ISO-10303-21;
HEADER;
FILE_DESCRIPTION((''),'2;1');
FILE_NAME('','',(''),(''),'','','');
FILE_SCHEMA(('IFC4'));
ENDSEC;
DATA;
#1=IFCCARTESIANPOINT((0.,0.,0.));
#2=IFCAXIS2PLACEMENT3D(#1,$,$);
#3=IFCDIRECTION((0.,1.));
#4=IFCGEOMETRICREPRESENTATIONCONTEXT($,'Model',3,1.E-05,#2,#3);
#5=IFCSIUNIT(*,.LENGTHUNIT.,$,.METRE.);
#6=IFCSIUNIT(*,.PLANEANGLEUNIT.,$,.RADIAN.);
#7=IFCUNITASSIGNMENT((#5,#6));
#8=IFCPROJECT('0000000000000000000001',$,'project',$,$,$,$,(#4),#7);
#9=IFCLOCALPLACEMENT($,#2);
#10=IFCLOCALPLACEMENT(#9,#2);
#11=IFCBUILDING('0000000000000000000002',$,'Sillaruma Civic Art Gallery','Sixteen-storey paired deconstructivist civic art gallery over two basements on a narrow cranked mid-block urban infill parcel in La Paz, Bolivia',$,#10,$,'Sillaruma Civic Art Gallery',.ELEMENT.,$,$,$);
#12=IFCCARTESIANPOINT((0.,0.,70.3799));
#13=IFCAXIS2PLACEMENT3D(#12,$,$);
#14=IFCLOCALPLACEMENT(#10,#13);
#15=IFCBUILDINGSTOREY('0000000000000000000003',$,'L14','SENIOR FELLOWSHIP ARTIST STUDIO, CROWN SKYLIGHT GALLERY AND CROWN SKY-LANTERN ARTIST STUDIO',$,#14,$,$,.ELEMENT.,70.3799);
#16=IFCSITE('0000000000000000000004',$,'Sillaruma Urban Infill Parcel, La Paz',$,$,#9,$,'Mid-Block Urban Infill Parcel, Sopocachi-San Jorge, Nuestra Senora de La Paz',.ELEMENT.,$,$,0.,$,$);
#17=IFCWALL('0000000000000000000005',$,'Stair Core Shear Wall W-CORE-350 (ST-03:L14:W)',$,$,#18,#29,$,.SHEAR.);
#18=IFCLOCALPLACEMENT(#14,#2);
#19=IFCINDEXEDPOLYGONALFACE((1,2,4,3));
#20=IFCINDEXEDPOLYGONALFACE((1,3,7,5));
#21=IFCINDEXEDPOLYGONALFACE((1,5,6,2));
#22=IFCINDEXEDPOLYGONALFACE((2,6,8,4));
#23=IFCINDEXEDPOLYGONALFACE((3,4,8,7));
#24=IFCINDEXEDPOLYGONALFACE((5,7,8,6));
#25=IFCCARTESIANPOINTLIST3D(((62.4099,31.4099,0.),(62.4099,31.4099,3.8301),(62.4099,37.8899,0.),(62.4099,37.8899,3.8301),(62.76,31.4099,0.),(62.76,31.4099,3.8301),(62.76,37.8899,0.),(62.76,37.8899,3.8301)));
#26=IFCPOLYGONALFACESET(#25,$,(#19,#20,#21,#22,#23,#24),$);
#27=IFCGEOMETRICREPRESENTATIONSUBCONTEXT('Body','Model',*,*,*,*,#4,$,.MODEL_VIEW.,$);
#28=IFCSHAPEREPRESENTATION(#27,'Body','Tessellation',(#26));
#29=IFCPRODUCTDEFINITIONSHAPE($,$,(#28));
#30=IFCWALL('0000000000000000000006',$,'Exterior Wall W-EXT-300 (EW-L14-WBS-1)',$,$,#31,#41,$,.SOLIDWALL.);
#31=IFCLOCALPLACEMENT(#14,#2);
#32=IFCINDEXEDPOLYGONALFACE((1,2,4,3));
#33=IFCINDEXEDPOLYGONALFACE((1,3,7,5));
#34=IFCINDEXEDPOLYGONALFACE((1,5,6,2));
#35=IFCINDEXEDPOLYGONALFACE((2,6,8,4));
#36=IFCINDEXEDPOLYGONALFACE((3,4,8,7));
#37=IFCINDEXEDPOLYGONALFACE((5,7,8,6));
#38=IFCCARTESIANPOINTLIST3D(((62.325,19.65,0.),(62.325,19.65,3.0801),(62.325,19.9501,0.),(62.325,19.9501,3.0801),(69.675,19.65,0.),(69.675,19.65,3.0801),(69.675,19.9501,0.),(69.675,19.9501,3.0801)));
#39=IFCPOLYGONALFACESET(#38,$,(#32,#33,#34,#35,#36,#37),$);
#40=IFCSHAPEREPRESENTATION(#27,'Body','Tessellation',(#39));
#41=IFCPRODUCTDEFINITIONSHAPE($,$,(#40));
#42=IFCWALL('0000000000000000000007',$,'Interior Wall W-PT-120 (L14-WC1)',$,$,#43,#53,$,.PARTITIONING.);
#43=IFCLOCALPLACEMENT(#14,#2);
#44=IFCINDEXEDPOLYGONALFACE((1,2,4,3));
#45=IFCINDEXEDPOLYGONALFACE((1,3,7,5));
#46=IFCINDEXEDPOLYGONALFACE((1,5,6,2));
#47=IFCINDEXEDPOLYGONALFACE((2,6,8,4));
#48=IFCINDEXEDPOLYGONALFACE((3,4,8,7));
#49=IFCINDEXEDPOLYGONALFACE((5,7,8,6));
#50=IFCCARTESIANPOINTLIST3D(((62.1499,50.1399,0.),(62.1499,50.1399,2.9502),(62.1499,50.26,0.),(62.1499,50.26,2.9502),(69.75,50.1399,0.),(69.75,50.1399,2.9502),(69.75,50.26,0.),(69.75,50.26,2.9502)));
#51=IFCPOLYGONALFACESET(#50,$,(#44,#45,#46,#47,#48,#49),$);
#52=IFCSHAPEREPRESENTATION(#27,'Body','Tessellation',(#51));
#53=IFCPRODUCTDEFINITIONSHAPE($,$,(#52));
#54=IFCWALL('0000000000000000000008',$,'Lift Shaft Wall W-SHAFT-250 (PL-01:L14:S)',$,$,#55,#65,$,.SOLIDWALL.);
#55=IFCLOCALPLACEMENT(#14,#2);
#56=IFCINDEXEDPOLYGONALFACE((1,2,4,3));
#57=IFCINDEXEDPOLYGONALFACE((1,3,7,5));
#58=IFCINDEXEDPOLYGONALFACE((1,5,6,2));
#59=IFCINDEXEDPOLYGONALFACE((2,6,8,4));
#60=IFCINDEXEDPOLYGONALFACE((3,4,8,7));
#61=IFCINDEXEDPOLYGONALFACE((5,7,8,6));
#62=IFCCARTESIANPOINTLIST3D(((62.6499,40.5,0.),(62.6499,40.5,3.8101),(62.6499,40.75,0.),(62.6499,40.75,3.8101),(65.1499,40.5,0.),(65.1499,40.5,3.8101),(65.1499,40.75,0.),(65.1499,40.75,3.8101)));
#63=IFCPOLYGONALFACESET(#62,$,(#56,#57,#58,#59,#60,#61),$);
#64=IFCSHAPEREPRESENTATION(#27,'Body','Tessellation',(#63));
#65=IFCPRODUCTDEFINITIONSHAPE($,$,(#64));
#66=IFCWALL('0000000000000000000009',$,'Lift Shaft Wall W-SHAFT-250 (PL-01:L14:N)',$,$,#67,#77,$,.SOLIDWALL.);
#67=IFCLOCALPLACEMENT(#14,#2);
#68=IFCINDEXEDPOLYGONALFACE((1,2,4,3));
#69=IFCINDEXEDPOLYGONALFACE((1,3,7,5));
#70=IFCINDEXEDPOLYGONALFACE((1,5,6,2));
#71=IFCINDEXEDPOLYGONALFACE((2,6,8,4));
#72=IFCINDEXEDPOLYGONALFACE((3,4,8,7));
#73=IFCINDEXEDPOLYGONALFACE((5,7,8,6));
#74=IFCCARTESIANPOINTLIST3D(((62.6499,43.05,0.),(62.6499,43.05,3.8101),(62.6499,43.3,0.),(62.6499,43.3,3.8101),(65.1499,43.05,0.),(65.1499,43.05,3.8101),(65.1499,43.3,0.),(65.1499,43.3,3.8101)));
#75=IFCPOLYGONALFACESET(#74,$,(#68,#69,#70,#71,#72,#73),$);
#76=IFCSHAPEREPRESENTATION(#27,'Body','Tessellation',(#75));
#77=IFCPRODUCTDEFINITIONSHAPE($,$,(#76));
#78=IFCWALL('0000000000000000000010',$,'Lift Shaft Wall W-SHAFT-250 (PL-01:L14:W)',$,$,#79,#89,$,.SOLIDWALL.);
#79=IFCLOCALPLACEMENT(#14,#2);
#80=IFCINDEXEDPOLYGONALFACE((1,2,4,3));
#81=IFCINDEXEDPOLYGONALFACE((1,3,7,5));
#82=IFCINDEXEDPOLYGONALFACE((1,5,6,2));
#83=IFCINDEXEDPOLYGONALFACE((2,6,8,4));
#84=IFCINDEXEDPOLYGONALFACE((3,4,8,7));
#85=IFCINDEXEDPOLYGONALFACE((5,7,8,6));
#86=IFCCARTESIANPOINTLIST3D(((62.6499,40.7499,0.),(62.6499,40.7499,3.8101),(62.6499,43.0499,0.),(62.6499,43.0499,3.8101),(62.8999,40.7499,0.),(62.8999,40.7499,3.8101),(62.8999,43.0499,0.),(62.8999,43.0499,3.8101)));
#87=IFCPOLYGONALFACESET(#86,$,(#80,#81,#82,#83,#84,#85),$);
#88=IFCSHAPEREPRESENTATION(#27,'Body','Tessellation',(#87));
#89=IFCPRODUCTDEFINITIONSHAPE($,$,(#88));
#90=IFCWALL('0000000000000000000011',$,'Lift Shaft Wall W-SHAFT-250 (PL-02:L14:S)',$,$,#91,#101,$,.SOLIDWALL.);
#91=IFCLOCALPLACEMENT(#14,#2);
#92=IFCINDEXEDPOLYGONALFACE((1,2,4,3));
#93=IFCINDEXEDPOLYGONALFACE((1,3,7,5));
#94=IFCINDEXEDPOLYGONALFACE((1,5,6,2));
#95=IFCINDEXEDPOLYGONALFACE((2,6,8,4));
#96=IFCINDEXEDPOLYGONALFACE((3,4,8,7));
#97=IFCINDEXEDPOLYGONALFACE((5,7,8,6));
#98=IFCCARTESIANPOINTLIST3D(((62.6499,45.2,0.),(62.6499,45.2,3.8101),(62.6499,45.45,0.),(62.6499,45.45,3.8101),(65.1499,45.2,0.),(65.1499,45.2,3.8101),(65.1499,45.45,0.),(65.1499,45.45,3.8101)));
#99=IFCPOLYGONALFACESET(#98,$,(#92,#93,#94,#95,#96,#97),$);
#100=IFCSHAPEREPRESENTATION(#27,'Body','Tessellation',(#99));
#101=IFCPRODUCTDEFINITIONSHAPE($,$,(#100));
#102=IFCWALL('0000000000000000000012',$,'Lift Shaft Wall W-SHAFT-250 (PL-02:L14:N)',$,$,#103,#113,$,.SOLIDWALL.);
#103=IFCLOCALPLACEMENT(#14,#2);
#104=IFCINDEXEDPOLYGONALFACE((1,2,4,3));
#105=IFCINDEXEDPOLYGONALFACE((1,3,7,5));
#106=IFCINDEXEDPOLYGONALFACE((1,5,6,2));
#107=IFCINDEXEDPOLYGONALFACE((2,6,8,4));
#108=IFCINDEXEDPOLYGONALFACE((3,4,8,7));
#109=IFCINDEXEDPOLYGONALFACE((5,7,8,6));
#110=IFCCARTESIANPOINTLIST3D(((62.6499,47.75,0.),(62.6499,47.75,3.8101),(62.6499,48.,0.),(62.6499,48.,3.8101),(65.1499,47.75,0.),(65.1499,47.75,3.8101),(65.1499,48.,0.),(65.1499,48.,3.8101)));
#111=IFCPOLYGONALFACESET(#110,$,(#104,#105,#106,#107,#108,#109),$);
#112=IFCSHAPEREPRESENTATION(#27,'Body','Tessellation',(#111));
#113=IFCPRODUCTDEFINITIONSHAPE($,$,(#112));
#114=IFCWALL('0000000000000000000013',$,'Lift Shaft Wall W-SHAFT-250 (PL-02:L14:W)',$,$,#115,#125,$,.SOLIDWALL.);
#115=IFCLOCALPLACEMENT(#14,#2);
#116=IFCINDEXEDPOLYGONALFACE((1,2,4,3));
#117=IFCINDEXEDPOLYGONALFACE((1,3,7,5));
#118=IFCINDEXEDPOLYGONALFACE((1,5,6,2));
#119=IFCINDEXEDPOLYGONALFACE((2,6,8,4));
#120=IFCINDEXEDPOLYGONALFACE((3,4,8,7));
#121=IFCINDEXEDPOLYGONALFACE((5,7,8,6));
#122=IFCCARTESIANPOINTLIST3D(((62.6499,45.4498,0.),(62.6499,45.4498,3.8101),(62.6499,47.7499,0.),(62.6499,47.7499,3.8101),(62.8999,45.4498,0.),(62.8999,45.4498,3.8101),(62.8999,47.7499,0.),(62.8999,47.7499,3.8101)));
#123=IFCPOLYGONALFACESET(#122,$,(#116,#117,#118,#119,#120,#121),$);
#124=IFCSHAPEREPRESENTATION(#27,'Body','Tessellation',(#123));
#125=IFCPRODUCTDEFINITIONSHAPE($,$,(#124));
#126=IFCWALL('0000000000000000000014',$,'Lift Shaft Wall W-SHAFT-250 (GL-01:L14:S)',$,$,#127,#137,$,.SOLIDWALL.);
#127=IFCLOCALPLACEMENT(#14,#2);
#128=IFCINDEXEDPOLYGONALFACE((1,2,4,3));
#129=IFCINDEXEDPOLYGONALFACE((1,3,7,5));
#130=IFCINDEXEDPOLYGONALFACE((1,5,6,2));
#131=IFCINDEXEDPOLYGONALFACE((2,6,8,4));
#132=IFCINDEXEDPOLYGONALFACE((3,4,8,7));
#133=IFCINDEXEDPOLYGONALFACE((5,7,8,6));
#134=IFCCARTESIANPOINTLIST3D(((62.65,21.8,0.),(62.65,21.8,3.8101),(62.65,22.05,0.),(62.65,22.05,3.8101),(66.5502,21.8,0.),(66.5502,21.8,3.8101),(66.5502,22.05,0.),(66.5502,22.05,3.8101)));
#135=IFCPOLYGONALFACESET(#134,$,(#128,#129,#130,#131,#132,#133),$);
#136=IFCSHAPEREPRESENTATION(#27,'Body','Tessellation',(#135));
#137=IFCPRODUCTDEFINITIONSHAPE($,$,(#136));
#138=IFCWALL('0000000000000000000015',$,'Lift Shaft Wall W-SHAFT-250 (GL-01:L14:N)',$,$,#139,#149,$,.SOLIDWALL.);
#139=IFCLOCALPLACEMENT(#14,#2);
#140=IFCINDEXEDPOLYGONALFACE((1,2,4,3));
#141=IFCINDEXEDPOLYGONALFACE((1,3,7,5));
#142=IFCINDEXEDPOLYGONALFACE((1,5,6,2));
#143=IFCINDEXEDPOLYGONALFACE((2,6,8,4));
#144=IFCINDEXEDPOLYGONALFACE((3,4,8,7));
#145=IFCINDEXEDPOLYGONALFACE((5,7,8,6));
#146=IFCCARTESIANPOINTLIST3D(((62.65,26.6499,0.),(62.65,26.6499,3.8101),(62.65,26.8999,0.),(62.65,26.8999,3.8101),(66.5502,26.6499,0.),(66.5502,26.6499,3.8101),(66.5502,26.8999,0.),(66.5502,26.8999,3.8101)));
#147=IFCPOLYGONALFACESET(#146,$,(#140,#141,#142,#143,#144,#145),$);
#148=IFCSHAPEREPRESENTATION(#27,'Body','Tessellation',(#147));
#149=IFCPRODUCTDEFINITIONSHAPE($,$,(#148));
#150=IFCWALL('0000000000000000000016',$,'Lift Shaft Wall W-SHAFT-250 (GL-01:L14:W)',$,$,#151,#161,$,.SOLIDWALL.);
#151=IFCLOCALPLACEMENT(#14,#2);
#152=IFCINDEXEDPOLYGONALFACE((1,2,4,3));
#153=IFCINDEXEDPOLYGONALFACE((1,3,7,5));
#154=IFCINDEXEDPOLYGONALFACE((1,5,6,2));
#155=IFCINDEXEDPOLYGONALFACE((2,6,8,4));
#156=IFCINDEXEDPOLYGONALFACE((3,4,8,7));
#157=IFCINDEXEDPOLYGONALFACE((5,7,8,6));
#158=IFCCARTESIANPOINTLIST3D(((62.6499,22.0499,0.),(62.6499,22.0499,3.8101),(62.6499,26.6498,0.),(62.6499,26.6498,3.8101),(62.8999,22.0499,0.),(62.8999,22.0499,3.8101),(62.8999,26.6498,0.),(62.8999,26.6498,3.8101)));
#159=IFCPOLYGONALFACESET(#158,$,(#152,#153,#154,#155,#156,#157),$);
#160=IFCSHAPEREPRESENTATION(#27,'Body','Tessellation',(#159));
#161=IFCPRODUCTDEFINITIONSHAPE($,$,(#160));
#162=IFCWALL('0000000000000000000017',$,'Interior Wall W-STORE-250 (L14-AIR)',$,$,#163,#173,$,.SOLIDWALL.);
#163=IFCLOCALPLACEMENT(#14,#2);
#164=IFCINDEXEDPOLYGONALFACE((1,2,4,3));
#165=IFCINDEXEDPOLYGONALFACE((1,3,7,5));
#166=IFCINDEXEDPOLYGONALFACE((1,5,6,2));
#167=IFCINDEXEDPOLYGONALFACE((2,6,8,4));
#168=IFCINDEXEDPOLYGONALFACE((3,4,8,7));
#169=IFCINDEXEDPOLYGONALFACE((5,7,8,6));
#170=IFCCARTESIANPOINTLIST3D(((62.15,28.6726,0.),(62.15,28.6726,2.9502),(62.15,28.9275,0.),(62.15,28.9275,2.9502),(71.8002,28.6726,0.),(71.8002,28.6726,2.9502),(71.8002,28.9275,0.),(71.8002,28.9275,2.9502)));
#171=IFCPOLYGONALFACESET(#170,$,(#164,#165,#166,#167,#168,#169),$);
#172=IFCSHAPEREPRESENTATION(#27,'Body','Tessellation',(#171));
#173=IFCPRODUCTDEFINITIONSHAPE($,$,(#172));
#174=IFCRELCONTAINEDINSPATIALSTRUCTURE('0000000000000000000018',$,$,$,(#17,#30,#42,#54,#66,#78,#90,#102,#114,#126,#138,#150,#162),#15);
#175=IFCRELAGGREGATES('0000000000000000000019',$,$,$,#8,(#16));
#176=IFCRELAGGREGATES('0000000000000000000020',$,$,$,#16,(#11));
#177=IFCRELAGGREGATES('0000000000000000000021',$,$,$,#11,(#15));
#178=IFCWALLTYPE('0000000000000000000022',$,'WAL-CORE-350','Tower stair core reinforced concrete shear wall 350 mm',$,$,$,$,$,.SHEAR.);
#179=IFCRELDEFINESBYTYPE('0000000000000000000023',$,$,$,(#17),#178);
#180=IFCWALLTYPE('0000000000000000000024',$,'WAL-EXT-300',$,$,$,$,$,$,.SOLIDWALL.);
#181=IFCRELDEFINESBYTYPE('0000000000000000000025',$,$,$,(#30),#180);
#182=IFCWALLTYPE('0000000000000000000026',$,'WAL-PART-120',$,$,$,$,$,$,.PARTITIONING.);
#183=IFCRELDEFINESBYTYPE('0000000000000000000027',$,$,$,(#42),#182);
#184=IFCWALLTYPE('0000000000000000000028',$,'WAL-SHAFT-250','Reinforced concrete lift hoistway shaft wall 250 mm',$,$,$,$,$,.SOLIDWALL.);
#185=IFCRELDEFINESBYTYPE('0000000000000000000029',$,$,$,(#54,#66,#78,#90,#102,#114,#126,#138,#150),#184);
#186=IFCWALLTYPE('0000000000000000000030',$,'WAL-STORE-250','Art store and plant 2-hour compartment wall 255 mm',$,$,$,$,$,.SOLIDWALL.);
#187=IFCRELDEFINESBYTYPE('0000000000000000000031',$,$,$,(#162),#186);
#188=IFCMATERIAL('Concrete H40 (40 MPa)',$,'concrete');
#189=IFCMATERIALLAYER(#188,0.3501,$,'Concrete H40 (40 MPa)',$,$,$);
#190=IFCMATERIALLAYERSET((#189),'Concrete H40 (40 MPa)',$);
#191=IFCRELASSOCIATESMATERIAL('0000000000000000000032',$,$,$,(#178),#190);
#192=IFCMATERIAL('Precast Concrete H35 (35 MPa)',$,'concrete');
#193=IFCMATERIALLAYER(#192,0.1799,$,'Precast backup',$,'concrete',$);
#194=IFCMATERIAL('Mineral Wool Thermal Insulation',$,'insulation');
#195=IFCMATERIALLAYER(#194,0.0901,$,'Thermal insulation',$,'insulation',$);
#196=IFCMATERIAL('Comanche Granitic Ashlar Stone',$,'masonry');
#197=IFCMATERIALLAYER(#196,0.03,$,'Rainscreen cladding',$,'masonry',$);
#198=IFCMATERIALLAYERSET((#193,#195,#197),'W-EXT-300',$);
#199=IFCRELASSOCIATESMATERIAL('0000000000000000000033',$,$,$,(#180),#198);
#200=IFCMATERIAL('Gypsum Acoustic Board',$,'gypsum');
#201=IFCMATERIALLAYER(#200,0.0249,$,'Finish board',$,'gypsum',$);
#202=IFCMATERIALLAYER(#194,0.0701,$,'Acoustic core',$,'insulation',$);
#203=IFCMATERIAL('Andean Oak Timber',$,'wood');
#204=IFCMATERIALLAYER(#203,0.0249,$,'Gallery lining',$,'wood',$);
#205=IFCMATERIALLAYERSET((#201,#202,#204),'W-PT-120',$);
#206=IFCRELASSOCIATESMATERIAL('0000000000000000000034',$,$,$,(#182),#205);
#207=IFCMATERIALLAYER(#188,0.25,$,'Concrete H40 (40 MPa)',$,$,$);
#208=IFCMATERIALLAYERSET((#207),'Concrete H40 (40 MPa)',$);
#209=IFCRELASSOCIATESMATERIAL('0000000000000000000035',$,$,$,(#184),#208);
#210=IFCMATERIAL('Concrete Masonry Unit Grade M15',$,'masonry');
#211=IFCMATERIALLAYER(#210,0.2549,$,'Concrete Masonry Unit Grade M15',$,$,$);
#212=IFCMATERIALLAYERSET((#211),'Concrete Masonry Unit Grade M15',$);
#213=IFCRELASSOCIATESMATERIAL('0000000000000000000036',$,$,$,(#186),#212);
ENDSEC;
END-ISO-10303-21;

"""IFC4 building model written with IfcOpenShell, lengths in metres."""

from ifc_helpers import new_model, si_unit, direction, frame, frame_2d, origin, place, context, subcontext, project, spatial, rectangle, extrude, material, layer, layer_set, type_object, element, save


model = new_model("IFC4")

# Units and contexts
model_context = context("Model", 3, precision=1e-05, world=origin(), true_north=direction((0.0, 1.0)))
body_context = subcontext(model_context, "Body", "Model", "MODEL_VIEW")
ifc_project = project(units=[si_unit("LENGTHUNIT", "METRE"), si_unit("PLANEANGLEUNIT", "RADIAN")], contexts=[model_context])

# Site, building, storey
site_placement = place(None, origin())
site = spatial("IfcSite", under=ifc_project, at=site_placement, Name="Sillaruma Urban Infill Parcel, La Paz", LongName="Mid-Block Urban Infill Parcel, Sopocachi-San Jorge, Nuestra Senora de La Paz", CompositionType="ELEMENT", RefElevation=0.0)
building_placement = place(site_placement, origin())
building = spatial("IfcBuilding", under=site, at=building_placement, Name="Sillaruma Civic Art Gallery", Description="Sixteen-storey paired deconstructivist civic art gallery over two basements on a narrow cranked mid-block urban infill parcel in La Paz, Bolivia", LongName="Sillaruma Civic Art Gallery", CompositionType="ELEMENT")
storey_placement = place(building_placement, frame((0.0, 0.0, 70.3799)))
storey = spatial("IfcBuildingStorey", under=building, at=storey_placement, Name="L14", Description="SENIOR FELLOWSHIP ARTIST STUDIO, CROWN SKYLIGHT GALLERY AND CROWN SKY-LANTERN ARTIST STUDIO", CompositionType="ELEMENT", Elevation=70.3799)

# Shared definitions
ifc_material_1 = material(Name="Concrete H40 (40 MPa)", Category="concrete")

# Shared definitions
ifc_layer_1 = layer(ifc_material_1, 0.3501, Name="Concrete H40 (40 MPa)")
ifc_layer_set_1 = layer_set([ifc_layer_1], Name="Concrete H40 (40 MPa)")
wall_type_1 = type_object("IfcWallType", Name="WAL-CORE-350", Description="Tower stair core reinforced concrete shear wall 350 mm", PredefinedType="SHEAR", material=ifc_layer_set_1)

# Walls
wall_1_placement = place(storey_placement, frame((62.585, 31.4099, 0.0), z_axis=(0.0, 0.0, 1.0), x_axis=(0.0, 1.0, 0.0)))
element("IfcWall", 1, at=wall_1_placement, inside=storey, type_object=wall_type_1, Name="Stair Core Shear Wall W-CORE-350 (ST-03:L14:W)", PredefinedType="SHEAR", context=body_context, shape_type="SweptSolid", body=[
    extrude(rectangle(XDim=6.48, YDim=0.3501, at=frame_2d((3.24, 0.0))), origin(), (0.0, 0.0, 1.0), 3.8301),
])
ifc_material_2 = material(Name="Precast Concrete H35 (35 MPa)", Category="concrete")
ifc_layer_2 = layer(ifc_material_2, 0.1799, Name="Precast backup", Category="concrete")
ifc_material_3 = material(Name="Mineral Wool Thermal Insulation", Category="insulation")
ifc_layer_3 = layer(ifc_material_3, 0.0901, Name="Thermal insulation", Category="insulation")
ifc_material_4 = material(Name="Comanche Granitic Ashlar Stone", Category="masonry")
ifc_layer_4 = layer(ifc_material_4, 0.03, Name="Rainscreen cladding", Category="masonry")
ifc_layer_set_2 = layer_set([ifc_layer_2, ifc_layer_3, ifc_layer_4], Name="W-EXT-300")
wall_type_2 = type_object("IfcWallType", Name="WAL-EXT-300", PredefinedType="SOLIDWALL", material=ifc_layer_set_2)
wall_2_placement = place(storey_placement, frame((62.325, 19.8, 0.0), z_axis=(0.0, 0.0, 1.0), x_axis=(1.0, 0.0, 0.0)))
element("IfcWall", 2, at=wall_2_placement, inside=storey, type_object=wall_type_2, Name="Exterior Wall W-EXT-300 (EW-L14-WBS-1)", PredefinedType="SOLIDWALL", context=body_context, shape_type="SweptSolid", body=[
    extrude(rectangle(XDim=7.3501, YDim=0.3, at=frame_2d((3.675, 0.0))), origin(), (0.0, 0.0, 1.0), 3.0801),
])
ifc_material_5 = material(Name="Gypsum Acoustic Board", Category="gypsum")
ifc_layer_5 = layer(ifc_material_5, 0.0249, Name="Finish board", Category="gypsum")
ifc_layer_6 = layer(ifc_material_3, 0.0701, Name="Acoustic core", Category="insulation")
ifc_material_6 = material(Name="Andean Oak Timber", Category="wood")
ifc_layer_7 = layer(ifc_material_6, 0.0249, Name="Gallery lining", Category="wood")
ifc_layer_set_3 = layer_set([ifc_layer_5, ifc_layer_6, ifc_layer_7], Name="W-PT-120")
wall_type_3 = type_object("IfcWallType", Name="WAL-PART-120", PredefinedType="PARTITIONING", material=ifc_layer_set_3)
wall_3_placement = place(storey_placement, frame((62.1499, 50.2, 0.0), z_axis=(0.0, 0.0, 1.0), x_axis=(1.0, 0.0, 0.0)))
element("IfcWall", 3, at=wall_3_placement, inside=storey, type_object=wall_type_3, Name="Interior Wall W-PT-120 (L14-WC1)", PredefinedType="PARTITIONING", context=body_context, shape_type="SweptSolid", body=[
    extrude(rectangle(XDim=7.6001, YDim=0.1201, at=frame_2d((3.8, 0.0))), origin(), (0.0, 0.0, 1.0), 2.9502),
])
ifc_layer_8 = layer(ifc_material_1, 0.25, Name="Concrete H40 (40 MPa)")
ifc_layer_set_4 = layer_set([ifc_layer_8], Name="Concrete H40 (40 MPa)")
wall_type_4 = type_object("IfcWallType", Name="WAL-SHAFT-250", Description="Reinforced concrete lift hoistway shaft wall 250 mm", PredefinedType="SOLIDWALL", material=ifc_layer_set_4)
for number, where, z_axis, x_axis, name in (
    (4, (62.6499, 40.625, 0.0), (0.0, 0.0, 1.0), (1.0, 0.0, 0.0), "Lift Shaft Wall W-SHAFT-250 (PL-01:L14:S)"),
    (5, (62.6499, 43.175, 0.0), (0.0, 0.0, 1.0), (1.0, 0.0, 0.0), "Lift Shaft Wall W-SHAFT-250 (PL-01:L14:N)"),
):
    element("IfcWall", number, at=place(storey_placement, frame(where, z_axis=z_axis, x_axis=x_axis)), inside=storey, type_object=wall_type_4, Name=name, PredefinedType="SOLIDWALL", context=body_context, shape_type="SweptSolid", body=[
        extrude(rectangle(XDim=2.5, YDim=0.25, at=frame_2d((1.25, 0.0))), origin(), (0.0, 0.0, 1.0), 3.8101),
    ])
wall_4_placement = place(storey_placement, frame((62.7749, 40.75, 0.0), z_axis=(0.0, 0.0, 1.0), x_axis=(0.0, 1.0, 0.0)))
element("IfcWall", 6, at=wall_4_placement, inside=storey, type_object=wall_type_4, Name="Lift Shaft Wall W-SHAFT-250 (PL-01:L14:W)", PredefinedType="SOLIDWALL", context=body_context, shape_type="SweptSolid", body=[
    extrude(rectangle(XDim=2.3, YDim=0.25, at=frame_2d((1.1499, 0.0))), origin(), (0.0, 0.0, 1.0), 3.8101),
])
for number, where, z_axis, x_axis, name in (
    (7, (62.6499, 45.325, 0.0), (0.0, 0.0, 1.0), (1.0, 0.0, 0.0), "Lift Shaft Wall W-SHAFT-250 (PL-02:L14:S)"),
    (8, (62.6499, 47.875, 0.0), (0.0, 0.0, 1.0), (1.0, 0.0, 0.0), "Lift Shaft Wall W-SHAFT-250 (PL-02:L14:N)"),
):
    element("IfcWall", number, at=place(storey_placement, frame(where, z_axis=z_axis, x_axis=x_axis)), inside=storey, type_object=wall_type_4, Name=name, PredefinedType="SOLIDWALL", context=body_context, shape_type="SweptSolid", body=[
        extrude(rectangle(XDim=2.5, YDim=0.25, at=frame_2d((1.25, 0.0))), origin(), (0.0, 0.0, 1.0), 3.8101),
    ])
wall_5_placement = place(storey_placement, frame((62.7749, 45.45, 0.0), z_axis=(0.0, 0.0, 1.0), x_axis=(0.0, 1.0, 0.0)))
element("IfcWall", 9, at=wall_5_placement, inside=storey, type_object=wall_type_4, Name="Lift Shaft Wall W-SHAFT-250 (PL-02:L14:W)", PredefinedType="SOLIDWALL", context=body_context, shape_type="SweptSolid", body=[
    extrude(rectangle(XDim=2.3, YDim=0.25, at=frame_2d((1.1499, 0.0))), origin(), (0.0, 0.0, 1.0), 3.8101),
])
for number, where, z_axis, x_axis, name in (
    (10, (62.6499, 21.925, 0.0), (0.0, 0.0, 1.0), (1.0, 0.0, 0.0), "Lift Shaft Wall W-SHAFT-250 (GL-01:L14:S)"),
    (11, (62.6499, 26.7749, 0.0), (0.0, 0.0, 1.0), (1.0, 0.0, 0.0), "Lift Shaft Wall W-SHAFT-250 (GL-01:L14:N)"),
):
    element("IfcWall", number, at=place(storey_placement, frame(where, z_axis=z_axis, x_axis=x_axis)), inside=storey, type_object=wall_type_4, Name=name, PredefinedType="SOLIDWALL", context=body_context, shape_type="SweptSolid", body=[
        extrude(rectangle(XDim=3.9001, YDim=0.25, at=frame_2d((1.9502, 0.0))), origin(), (0.0, 0.0, 1.0), 3.8101),
    ])
wall_6_placement = place(storey_placement, frame((62.7749, 22.05, 0.0), z_axis=(0.0, 0.0, 1.0), x_axis=(0.0, 1.0, 0.0)))
element("IfcWall", 12, at=wall_6_placement, inside=storey, type_object=wall_type_4, Name="Lift Shaft Wall W-SHAFT-250 (GL-01:L14:W)", PredefinedType="SOLIDWALL", context=body_context, shape_type="SweptSolid", body=[
    extrude(rectangle(XDim=4.5999, YDim=0.25, at=frame_2d((2.2998, 0.0))), origin(), (0.0, 0.0, 1.0), 3.8101),
])
ifc_material_7 = material(Name="Concrete Masonry Unit Grade M15", Category="masonry")
ifc_layer_9 = layer(ifc_material_7, 0.2549, Name="Concrete Masonry Unit Grade M15")
ifc_layer_set_5 = layer_set([ifc_layer_9], Name="Concrete Masonry Unit Grade M15")
wall_type_5 = type_object("IfcWallType", Name="WAL-STORE-250", Description="Art store and plant 2-hour compartment wall 255 mm", PredefinedType="SOLIDWALL", material=ifc_layer_set_5)
wall_7_placement = place(storey_placement, frame((62.1499, 28.8, 0.0), z_axis=(0.0, 0.0, 1.0), x_axis=(1.0, 0.0, 0.0)))
element("IfcWall", 13, at=wall_7_placement, inside=storey, type_object=wall_type_5, Name="Interior Wall W-STORE-250 (L14-AIR)", PredefinedType="SOLIDWALL", context=body_context, shape_type="SweptSolid", body=[
    extrude(rectangle(XDim=9.6501, YDim=0.2549, at=frame_2d((4.8252, 0.0))), origin(), (0.0, 0.0, 1.0), 2.9502),
])

save(model, "model.ifc")
